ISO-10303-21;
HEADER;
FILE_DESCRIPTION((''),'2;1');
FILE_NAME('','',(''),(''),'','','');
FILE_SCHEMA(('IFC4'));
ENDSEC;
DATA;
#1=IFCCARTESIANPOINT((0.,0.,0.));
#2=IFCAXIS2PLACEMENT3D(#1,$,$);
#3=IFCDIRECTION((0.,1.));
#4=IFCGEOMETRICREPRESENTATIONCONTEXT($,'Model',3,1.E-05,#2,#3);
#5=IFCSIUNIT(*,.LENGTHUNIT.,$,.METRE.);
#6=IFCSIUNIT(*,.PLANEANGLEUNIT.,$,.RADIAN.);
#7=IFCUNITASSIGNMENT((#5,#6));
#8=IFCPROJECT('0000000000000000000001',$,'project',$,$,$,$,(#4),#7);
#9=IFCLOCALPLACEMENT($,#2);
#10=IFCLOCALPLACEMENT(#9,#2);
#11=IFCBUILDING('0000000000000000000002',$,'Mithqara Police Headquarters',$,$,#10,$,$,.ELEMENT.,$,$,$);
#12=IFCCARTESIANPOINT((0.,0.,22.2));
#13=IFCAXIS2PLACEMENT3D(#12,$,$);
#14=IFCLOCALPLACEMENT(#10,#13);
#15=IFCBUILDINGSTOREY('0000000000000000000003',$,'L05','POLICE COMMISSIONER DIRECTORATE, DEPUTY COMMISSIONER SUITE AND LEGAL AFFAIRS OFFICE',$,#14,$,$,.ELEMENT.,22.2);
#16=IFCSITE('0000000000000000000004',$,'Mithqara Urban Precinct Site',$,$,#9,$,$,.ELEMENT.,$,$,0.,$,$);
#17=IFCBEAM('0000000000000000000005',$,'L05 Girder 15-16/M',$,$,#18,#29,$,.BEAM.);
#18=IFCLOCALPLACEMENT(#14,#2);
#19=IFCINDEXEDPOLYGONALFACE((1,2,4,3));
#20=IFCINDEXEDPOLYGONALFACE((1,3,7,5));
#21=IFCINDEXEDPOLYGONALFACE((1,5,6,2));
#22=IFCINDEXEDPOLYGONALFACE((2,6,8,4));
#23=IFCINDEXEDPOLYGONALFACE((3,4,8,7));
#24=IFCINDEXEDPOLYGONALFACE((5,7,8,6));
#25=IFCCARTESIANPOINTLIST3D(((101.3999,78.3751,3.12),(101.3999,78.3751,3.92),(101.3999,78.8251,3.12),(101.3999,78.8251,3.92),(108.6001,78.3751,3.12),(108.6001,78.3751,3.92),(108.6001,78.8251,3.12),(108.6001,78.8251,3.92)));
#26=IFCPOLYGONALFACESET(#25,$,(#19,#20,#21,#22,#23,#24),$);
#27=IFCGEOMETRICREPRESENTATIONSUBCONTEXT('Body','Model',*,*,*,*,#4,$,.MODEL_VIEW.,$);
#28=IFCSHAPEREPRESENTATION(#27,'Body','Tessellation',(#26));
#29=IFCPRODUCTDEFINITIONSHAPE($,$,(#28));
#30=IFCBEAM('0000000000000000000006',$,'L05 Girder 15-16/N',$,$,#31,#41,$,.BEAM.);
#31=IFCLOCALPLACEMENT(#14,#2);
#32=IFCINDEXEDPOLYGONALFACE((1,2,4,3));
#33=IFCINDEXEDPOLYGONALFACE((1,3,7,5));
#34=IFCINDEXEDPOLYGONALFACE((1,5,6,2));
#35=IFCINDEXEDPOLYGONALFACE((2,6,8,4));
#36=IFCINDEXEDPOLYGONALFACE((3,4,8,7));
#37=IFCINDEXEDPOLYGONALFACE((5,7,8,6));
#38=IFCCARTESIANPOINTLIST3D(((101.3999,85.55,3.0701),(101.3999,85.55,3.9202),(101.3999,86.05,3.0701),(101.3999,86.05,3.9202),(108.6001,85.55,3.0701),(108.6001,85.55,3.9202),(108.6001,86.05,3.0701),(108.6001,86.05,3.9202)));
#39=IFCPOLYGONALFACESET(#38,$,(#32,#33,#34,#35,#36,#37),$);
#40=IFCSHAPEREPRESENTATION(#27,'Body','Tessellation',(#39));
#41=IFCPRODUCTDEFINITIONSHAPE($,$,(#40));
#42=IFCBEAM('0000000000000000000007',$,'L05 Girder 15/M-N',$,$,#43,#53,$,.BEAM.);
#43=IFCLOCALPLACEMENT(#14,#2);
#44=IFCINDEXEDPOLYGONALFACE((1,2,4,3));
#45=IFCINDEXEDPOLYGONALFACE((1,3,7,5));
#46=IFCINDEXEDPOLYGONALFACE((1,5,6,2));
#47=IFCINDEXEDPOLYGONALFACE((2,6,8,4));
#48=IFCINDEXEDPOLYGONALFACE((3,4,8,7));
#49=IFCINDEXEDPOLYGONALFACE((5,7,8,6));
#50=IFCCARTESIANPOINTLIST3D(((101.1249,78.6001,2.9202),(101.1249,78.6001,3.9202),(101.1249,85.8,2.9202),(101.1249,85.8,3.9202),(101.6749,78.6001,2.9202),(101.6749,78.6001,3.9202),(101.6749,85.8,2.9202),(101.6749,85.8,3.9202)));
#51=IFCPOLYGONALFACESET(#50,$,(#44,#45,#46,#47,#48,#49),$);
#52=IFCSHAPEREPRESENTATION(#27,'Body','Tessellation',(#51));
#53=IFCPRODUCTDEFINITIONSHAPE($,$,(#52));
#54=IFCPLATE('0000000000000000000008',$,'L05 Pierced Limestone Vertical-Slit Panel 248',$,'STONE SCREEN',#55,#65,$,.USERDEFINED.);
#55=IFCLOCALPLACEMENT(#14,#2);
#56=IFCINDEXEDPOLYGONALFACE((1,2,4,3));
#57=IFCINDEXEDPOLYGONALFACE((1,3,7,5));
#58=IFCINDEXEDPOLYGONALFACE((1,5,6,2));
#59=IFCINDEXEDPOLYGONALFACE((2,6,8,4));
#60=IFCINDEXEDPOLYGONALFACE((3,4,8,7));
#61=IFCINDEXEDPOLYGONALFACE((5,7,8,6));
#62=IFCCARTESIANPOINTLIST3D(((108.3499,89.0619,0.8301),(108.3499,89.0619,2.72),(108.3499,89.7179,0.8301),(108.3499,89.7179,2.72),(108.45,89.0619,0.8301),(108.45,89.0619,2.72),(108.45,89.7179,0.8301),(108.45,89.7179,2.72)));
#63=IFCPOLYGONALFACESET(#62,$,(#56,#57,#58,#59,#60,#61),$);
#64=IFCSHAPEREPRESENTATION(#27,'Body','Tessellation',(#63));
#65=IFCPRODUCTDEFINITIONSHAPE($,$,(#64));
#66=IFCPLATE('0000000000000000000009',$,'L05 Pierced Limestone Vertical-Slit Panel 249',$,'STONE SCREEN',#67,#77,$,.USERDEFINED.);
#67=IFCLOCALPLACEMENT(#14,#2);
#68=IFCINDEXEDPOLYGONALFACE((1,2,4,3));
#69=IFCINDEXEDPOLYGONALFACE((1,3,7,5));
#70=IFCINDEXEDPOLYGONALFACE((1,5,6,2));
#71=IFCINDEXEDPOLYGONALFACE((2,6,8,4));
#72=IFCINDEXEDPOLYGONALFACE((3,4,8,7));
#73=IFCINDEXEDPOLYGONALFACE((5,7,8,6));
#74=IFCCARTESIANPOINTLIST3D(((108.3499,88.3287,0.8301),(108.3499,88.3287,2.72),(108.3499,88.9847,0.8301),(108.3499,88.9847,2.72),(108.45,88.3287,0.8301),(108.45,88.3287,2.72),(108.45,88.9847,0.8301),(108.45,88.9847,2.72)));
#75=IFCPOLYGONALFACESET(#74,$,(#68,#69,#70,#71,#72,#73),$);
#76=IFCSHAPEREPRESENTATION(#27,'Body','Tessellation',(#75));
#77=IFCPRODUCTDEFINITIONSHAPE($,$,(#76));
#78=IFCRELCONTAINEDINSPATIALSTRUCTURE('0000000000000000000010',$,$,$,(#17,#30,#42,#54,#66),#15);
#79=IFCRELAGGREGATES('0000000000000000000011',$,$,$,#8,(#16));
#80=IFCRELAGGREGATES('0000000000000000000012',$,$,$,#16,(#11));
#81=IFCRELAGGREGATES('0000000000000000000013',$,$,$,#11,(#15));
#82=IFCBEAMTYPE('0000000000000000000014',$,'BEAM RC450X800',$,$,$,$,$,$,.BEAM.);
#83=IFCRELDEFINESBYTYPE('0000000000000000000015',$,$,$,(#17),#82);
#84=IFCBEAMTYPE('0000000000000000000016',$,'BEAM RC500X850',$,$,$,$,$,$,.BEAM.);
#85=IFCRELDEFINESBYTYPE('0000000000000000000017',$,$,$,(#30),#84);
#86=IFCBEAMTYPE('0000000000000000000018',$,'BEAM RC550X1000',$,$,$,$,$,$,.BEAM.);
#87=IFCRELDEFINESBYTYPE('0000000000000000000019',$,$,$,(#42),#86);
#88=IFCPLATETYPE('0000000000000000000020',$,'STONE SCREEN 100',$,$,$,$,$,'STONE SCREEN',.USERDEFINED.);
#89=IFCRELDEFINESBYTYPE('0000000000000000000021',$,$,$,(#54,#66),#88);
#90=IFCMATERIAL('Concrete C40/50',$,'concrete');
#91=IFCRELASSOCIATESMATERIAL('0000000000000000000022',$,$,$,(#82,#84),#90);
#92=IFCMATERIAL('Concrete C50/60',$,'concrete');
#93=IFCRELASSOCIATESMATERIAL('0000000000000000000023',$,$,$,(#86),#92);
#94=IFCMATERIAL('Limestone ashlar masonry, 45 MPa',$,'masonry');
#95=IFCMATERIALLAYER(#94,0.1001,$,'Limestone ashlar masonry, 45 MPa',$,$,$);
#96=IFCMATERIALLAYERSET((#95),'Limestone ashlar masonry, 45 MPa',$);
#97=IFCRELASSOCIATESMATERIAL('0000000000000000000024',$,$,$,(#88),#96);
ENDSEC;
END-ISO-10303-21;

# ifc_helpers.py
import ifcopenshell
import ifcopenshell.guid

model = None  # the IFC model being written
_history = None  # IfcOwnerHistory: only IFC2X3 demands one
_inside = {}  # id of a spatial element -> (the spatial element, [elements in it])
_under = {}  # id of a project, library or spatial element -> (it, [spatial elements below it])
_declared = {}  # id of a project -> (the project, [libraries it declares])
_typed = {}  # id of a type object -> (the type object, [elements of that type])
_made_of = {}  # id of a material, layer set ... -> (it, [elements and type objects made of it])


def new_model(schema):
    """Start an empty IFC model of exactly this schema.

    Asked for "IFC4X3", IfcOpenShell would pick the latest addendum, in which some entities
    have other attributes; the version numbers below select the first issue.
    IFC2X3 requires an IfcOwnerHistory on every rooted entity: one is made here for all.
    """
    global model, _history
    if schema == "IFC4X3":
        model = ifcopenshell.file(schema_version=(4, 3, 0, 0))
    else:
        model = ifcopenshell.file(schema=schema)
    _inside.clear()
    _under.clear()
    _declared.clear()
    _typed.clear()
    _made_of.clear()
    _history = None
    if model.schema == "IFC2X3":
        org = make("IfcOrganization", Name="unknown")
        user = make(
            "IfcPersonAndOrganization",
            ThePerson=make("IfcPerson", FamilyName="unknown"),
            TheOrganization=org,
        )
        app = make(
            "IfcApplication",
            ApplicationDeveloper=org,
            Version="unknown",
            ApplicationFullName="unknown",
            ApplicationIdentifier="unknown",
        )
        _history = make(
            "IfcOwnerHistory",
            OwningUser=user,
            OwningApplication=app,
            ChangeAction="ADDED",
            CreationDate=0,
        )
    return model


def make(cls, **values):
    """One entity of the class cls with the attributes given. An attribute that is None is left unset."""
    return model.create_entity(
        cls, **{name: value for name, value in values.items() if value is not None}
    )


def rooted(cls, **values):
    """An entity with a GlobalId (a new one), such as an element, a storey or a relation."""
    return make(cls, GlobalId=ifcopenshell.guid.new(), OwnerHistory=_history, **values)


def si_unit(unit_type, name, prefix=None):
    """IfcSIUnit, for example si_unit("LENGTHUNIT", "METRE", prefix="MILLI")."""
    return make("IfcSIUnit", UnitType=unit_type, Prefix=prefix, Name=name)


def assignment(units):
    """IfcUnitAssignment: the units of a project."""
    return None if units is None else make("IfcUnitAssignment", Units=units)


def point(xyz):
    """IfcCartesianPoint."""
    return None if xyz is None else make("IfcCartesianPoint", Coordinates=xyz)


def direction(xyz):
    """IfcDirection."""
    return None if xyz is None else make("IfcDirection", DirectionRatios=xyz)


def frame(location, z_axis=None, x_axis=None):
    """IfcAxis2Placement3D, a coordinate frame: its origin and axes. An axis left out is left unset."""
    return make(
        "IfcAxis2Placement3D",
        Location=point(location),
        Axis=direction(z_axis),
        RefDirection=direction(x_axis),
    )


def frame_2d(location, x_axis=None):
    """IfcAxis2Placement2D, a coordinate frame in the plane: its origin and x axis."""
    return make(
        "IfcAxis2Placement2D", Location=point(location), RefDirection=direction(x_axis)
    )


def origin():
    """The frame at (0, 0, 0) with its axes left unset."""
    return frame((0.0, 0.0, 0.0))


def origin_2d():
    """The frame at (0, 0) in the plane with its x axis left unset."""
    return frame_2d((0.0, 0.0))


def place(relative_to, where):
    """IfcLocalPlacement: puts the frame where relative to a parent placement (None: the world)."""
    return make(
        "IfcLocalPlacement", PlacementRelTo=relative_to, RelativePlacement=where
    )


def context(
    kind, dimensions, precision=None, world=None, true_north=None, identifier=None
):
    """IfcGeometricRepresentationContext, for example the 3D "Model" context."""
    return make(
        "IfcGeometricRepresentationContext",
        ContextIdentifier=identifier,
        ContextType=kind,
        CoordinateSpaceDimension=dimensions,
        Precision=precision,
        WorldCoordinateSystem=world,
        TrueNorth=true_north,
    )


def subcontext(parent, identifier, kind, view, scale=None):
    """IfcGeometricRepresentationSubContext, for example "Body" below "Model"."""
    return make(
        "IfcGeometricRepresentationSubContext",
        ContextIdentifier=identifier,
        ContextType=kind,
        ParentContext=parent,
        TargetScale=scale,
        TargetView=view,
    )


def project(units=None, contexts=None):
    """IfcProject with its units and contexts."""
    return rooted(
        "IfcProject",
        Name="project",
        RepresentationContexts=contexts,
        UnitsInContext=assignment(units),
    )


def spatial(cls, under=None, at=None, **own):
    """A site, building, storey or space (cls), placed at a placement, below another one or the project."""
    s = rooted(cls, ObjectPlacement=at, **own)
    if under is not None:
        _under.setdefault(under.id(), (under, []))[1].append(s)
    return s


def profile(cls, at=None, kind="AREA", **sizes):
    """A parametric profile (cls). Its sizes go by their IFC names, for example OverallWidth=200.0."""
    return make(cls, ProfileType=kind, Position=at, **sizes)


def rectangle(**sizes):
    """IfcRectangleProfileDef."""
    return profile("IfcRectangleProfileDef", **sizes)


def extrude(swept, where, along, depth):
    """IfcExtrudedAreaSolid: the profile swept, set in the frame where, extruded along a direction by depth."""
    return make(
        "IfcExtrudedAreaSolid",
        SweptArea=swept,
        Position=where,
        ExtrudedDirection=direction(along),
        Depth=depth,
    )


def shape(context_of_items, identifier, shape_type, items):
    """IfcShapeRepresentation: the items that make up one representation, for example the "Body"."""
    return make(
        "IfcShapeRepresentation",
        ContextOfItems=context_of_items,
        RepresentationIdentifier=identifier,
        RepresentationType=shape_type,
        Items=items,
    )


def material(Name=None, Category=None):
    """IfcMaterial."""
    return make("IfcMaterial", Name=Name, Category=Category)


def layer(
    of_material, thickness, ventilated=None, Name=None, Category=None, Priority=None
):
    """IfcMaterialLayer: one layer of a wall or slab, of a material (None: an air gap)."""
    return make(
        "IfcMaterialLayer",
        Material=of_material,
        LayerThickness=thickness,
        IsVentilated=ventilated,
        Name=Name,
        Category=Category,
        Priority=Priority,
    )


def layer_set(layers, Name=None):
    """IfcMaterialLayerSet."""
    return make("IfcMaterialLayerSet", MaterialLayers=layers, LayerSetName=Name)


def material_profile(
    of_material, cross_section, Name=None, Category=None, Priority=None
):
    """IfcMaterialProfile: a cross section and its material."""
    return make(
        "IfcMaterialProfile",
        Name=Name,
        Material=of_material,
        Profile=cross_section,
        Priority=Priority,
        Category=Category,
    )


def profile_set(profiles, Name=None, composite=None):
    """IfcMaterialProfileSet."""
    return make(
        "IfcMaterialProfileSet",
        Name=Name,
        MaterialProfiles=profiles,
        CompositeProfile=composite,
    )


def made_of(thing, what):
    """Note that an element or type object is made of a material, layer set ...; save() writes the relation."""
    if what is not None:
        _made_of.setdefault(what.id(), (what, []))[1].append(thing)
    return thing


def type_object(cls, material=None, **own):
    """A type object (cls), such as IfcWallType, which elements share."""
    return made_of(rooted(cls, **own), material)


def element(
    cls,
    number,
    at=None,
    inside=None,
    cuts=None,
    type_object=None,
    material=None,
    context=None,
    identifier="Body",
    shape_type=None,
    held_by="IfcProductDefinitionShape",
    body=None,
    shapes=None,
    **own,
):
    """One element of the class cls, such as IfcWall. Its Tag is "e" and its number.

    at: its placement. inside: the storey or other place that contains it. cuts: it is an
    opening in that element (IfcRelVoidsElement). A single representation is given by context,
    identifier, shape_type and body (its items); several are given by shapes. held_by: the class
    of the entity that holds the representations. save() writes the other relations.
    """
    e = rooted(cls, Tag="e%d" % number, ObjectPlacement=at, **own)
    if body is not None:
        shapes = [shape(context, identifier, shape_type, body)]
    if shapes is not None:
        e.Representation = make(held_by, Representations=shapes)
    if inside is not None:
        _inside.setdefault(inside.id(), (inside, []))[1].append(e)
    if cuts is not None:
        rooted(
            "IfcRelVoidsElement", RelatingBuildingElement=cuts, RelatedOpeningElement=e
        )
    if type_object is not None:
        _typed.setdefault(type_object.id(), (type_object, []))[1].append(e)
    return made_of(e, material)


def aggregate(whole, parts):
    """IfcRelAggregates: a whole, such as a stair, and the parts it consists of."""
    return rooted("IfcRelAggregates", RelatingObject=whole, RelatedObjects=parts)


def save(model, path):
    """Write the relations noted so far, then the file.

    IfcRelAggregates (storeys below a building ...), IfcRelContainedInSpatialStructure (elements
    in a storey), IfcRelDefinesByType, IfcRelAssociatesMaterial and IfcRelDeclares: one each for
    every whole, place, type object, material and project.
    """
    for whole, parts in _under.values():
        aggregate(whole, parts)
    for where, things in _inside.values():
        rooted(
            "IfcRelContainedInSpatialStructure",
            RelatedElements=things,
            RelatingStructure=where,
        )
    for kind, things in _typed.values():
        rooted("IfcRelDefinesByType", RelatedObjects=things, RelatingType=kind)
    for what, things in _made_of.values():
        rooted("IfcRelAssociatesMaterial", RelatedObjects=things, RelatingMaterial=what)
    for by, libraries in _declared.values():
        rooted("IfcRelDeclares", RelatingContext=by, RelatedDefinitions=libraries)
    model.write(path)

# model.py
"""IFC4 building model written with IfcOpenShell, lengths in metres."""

from ifc_helpers import new_model, si_unit, direction, frame, origin, origin_2d, place, context, subcontext, project, spatial, rectangle, extrude, material, layer, layer_set, material_profile, profile_set, type_object, element, save


model = new_model("IFC4")

# Units and contexts
model_context = context("Model", 3, precision=1e-05, world=origin(), true_north=direction((0.0, 1.0)))
body_context = subcontext(model_context, "Body", "Model", "MODEL_VIEW")
ifc_project = project(units=[si_unit("LENGTHUNIT", "METRE"), si_unit("PLANEANGLEUNIT", "RADIAN")], contexts=[model_context])

# Site, building, storey
site_placement = place(None, origin())
site = spatial("IfcSite", under=ifc_project, at=site_placement, Name="Mithqara Urban Precinct Site", CompositionType="ELEMENT", RefElevation=0.0)
building_placement = place(site_placement, origin())
building = spatial("IfcBuilding", under=site, at=building_placement, Name="Mithqara Police Headquarters", CompositionType="ELEMENT")
storey_placement = place(building_placement, frame((0.0, 0.0, 22.2)))
storey = spatial("IfcBuildingStorey", under=building, at=storey_placement, Name="L05", Description="POLICE COMMISSIONER DIRECTORATE, DEPUTY COMMISSIONER SUITE AND LEGAL AFFAIRS OFFICE", CompositionType="ELEMENT", Elevation=22.2)

# Shared definitions
ifc_material_1 = material(Name="Concrete C50/60", Category="concrete")

# Beams
ifc_material_2 = material(Name="Concrete C40/50", Category="concrete")
ifc_material_profile_1 = material_profile(ifc_material_2, rectangle(XDim=0.45, YDim=0.8, at=origin_2d()), Name="RC 450x800")
ifc_profile_set_1 = profile_set([ifc_material_profile_1], Name="Concrete C40/50")
beam_type_1 = type_object("IfcBeamType", Name="BEAM RC450X800", PredefinedType="BEAM", material=ifc_profile_set_1)
beam_1_placement = place(storey_placement, frame((101.3999, 78.6001, 3.52), z_axis=(1.0, 0.0, 0.0), x_axis=(0.0, 1.0, 0.0)))
element("IfcBeam", 1, at=beam_1_placement, inside=storey, type_object=beam_type_1, Name="L05 Girder 15-16/M", PredefinedType="BEAM", context=body_context, shape_type="SweptSolid", body=[
    extrude(rectangle(XDim=0.45, YDim=0.8, at=origin_2d()), origin(), (0.0, 0.0, 1.0), 7.2002),
])
ifc_material_profile_2 = material_profile(ifc_material_2, rectangle(XDim=0.5, YDim=0.8501, at=origin_2d()), Name="RC 500x850")
ifc_profile_set_2 = profile_set([ifc_material_profile_2], Name="Concrete C40/50")
beam_type_2 = type_object("IfcBeamType", Name="BEAM RC500X850", PredefinedType="BEAM", material=ifc_profile_set_2)
beam_2_placement = place(storey_placement, frame((101.3999, 85.8, 3.4951), z_axis=(1.0, 0.0, 0.0), x_axis=(0.0, 1.0, 0.0)))
element("IfcBeam", 2, at=beam_2_placement, inside=storey, type_object=beam_type_2, Name="L05 Girder 15-16/N", PredefinedType="BEAM", context=body_context, shape_type="SweptSolid", body=[
    extrude(rectangle(XDim=0.5, YDim=0.8501, at=origin_2d()), origin(), (0.0, 0.0, 1.0), 7.2002),
])
ifc_material_profile_3 = material_profile(ifc_material_1, rectangle(XDim=0.55, YDim=1.0, at=origin_2d()), Name="RC 550x1000")
ifc_profile_set_3 = profile_set([ifc_material_profile_3], Name="Concrete C50/60")
beam_type_3 = type_object("IfcBeamType", Name="BEAM RC550X1000", PredefinedType="BEAM", material=ifc_profile_set_3)
beam_3_placement = place(storey_placement, frame((101.3999, 78.6001, 3.4202), z_axis=(0.0, 1.0, 0.0), x_axis=(-1.0, 0.0, 0.0)))
element("IfcBeam", 3, at=beam_3_placement, inside=storey, type_object=beam_type_3, Name="L05 Girder 15/M-N", PredefinedType="BEAM", context=body_context, shape_type="SweptSolid", body=[
    extrude(rectangle(XDim=0.55, YDim=1.0, at=origin_2d()), origin(), (0.0, 0.0, 1.0), 7.2),
])

# Plates
ifc_material_3 = material(Name="Limestone ashlar masonry, 45 MPa", Category="masonry")
ifc_layer_1 = layer(ifc_material_3, 0.1001, Name="Limestone ashlar masonry, 45 MPa")
ifc_layer_set_1 = layer_set([ifc_layer_1], Name="Limestone ashlar masonry, 45 MPa")
plate_type = type_object("IfcPlateType", Name="STONE SCREEN 100", ElementType="STONE SCREEN", PredefinedType="USERDEFINED", material=ifc_layer_set_1)
for number, where, z_axis, x_axis, name in (
    (4, (108.3999, 89.3899, 0.8301), (0.0, 0.0, 1.0), (0.0, 1.0, 0.0), "L05 Pierced Limestone Vertical-Slit Panel 248"),
    (5, (108.3999, 88.6567, 0.8301), (0.0, 0.0, 1.0), (0.0, 1.0, 0.0), "L05 Pierced Limestone Vertical-Slit Panel 249"),
):
    element("IfcPlate", number, at=place(storey_placement, frame(where, z_axis=z_axis, x_axis=x_axis)), inside=storey, type_object=plate_type, Name=name, ObjectType="STONE SCREEN", PredefinedType="USERDEFINED", context=body_context, shape_type="SweptSolid", body=[
        extrude(rectangle(XDim=0.656, YDim=0.1001, at=origin_2d()), origin(), (0.0, 0.0, 1.0), 1.8899),
    ])

save(model, "model.ifc")
